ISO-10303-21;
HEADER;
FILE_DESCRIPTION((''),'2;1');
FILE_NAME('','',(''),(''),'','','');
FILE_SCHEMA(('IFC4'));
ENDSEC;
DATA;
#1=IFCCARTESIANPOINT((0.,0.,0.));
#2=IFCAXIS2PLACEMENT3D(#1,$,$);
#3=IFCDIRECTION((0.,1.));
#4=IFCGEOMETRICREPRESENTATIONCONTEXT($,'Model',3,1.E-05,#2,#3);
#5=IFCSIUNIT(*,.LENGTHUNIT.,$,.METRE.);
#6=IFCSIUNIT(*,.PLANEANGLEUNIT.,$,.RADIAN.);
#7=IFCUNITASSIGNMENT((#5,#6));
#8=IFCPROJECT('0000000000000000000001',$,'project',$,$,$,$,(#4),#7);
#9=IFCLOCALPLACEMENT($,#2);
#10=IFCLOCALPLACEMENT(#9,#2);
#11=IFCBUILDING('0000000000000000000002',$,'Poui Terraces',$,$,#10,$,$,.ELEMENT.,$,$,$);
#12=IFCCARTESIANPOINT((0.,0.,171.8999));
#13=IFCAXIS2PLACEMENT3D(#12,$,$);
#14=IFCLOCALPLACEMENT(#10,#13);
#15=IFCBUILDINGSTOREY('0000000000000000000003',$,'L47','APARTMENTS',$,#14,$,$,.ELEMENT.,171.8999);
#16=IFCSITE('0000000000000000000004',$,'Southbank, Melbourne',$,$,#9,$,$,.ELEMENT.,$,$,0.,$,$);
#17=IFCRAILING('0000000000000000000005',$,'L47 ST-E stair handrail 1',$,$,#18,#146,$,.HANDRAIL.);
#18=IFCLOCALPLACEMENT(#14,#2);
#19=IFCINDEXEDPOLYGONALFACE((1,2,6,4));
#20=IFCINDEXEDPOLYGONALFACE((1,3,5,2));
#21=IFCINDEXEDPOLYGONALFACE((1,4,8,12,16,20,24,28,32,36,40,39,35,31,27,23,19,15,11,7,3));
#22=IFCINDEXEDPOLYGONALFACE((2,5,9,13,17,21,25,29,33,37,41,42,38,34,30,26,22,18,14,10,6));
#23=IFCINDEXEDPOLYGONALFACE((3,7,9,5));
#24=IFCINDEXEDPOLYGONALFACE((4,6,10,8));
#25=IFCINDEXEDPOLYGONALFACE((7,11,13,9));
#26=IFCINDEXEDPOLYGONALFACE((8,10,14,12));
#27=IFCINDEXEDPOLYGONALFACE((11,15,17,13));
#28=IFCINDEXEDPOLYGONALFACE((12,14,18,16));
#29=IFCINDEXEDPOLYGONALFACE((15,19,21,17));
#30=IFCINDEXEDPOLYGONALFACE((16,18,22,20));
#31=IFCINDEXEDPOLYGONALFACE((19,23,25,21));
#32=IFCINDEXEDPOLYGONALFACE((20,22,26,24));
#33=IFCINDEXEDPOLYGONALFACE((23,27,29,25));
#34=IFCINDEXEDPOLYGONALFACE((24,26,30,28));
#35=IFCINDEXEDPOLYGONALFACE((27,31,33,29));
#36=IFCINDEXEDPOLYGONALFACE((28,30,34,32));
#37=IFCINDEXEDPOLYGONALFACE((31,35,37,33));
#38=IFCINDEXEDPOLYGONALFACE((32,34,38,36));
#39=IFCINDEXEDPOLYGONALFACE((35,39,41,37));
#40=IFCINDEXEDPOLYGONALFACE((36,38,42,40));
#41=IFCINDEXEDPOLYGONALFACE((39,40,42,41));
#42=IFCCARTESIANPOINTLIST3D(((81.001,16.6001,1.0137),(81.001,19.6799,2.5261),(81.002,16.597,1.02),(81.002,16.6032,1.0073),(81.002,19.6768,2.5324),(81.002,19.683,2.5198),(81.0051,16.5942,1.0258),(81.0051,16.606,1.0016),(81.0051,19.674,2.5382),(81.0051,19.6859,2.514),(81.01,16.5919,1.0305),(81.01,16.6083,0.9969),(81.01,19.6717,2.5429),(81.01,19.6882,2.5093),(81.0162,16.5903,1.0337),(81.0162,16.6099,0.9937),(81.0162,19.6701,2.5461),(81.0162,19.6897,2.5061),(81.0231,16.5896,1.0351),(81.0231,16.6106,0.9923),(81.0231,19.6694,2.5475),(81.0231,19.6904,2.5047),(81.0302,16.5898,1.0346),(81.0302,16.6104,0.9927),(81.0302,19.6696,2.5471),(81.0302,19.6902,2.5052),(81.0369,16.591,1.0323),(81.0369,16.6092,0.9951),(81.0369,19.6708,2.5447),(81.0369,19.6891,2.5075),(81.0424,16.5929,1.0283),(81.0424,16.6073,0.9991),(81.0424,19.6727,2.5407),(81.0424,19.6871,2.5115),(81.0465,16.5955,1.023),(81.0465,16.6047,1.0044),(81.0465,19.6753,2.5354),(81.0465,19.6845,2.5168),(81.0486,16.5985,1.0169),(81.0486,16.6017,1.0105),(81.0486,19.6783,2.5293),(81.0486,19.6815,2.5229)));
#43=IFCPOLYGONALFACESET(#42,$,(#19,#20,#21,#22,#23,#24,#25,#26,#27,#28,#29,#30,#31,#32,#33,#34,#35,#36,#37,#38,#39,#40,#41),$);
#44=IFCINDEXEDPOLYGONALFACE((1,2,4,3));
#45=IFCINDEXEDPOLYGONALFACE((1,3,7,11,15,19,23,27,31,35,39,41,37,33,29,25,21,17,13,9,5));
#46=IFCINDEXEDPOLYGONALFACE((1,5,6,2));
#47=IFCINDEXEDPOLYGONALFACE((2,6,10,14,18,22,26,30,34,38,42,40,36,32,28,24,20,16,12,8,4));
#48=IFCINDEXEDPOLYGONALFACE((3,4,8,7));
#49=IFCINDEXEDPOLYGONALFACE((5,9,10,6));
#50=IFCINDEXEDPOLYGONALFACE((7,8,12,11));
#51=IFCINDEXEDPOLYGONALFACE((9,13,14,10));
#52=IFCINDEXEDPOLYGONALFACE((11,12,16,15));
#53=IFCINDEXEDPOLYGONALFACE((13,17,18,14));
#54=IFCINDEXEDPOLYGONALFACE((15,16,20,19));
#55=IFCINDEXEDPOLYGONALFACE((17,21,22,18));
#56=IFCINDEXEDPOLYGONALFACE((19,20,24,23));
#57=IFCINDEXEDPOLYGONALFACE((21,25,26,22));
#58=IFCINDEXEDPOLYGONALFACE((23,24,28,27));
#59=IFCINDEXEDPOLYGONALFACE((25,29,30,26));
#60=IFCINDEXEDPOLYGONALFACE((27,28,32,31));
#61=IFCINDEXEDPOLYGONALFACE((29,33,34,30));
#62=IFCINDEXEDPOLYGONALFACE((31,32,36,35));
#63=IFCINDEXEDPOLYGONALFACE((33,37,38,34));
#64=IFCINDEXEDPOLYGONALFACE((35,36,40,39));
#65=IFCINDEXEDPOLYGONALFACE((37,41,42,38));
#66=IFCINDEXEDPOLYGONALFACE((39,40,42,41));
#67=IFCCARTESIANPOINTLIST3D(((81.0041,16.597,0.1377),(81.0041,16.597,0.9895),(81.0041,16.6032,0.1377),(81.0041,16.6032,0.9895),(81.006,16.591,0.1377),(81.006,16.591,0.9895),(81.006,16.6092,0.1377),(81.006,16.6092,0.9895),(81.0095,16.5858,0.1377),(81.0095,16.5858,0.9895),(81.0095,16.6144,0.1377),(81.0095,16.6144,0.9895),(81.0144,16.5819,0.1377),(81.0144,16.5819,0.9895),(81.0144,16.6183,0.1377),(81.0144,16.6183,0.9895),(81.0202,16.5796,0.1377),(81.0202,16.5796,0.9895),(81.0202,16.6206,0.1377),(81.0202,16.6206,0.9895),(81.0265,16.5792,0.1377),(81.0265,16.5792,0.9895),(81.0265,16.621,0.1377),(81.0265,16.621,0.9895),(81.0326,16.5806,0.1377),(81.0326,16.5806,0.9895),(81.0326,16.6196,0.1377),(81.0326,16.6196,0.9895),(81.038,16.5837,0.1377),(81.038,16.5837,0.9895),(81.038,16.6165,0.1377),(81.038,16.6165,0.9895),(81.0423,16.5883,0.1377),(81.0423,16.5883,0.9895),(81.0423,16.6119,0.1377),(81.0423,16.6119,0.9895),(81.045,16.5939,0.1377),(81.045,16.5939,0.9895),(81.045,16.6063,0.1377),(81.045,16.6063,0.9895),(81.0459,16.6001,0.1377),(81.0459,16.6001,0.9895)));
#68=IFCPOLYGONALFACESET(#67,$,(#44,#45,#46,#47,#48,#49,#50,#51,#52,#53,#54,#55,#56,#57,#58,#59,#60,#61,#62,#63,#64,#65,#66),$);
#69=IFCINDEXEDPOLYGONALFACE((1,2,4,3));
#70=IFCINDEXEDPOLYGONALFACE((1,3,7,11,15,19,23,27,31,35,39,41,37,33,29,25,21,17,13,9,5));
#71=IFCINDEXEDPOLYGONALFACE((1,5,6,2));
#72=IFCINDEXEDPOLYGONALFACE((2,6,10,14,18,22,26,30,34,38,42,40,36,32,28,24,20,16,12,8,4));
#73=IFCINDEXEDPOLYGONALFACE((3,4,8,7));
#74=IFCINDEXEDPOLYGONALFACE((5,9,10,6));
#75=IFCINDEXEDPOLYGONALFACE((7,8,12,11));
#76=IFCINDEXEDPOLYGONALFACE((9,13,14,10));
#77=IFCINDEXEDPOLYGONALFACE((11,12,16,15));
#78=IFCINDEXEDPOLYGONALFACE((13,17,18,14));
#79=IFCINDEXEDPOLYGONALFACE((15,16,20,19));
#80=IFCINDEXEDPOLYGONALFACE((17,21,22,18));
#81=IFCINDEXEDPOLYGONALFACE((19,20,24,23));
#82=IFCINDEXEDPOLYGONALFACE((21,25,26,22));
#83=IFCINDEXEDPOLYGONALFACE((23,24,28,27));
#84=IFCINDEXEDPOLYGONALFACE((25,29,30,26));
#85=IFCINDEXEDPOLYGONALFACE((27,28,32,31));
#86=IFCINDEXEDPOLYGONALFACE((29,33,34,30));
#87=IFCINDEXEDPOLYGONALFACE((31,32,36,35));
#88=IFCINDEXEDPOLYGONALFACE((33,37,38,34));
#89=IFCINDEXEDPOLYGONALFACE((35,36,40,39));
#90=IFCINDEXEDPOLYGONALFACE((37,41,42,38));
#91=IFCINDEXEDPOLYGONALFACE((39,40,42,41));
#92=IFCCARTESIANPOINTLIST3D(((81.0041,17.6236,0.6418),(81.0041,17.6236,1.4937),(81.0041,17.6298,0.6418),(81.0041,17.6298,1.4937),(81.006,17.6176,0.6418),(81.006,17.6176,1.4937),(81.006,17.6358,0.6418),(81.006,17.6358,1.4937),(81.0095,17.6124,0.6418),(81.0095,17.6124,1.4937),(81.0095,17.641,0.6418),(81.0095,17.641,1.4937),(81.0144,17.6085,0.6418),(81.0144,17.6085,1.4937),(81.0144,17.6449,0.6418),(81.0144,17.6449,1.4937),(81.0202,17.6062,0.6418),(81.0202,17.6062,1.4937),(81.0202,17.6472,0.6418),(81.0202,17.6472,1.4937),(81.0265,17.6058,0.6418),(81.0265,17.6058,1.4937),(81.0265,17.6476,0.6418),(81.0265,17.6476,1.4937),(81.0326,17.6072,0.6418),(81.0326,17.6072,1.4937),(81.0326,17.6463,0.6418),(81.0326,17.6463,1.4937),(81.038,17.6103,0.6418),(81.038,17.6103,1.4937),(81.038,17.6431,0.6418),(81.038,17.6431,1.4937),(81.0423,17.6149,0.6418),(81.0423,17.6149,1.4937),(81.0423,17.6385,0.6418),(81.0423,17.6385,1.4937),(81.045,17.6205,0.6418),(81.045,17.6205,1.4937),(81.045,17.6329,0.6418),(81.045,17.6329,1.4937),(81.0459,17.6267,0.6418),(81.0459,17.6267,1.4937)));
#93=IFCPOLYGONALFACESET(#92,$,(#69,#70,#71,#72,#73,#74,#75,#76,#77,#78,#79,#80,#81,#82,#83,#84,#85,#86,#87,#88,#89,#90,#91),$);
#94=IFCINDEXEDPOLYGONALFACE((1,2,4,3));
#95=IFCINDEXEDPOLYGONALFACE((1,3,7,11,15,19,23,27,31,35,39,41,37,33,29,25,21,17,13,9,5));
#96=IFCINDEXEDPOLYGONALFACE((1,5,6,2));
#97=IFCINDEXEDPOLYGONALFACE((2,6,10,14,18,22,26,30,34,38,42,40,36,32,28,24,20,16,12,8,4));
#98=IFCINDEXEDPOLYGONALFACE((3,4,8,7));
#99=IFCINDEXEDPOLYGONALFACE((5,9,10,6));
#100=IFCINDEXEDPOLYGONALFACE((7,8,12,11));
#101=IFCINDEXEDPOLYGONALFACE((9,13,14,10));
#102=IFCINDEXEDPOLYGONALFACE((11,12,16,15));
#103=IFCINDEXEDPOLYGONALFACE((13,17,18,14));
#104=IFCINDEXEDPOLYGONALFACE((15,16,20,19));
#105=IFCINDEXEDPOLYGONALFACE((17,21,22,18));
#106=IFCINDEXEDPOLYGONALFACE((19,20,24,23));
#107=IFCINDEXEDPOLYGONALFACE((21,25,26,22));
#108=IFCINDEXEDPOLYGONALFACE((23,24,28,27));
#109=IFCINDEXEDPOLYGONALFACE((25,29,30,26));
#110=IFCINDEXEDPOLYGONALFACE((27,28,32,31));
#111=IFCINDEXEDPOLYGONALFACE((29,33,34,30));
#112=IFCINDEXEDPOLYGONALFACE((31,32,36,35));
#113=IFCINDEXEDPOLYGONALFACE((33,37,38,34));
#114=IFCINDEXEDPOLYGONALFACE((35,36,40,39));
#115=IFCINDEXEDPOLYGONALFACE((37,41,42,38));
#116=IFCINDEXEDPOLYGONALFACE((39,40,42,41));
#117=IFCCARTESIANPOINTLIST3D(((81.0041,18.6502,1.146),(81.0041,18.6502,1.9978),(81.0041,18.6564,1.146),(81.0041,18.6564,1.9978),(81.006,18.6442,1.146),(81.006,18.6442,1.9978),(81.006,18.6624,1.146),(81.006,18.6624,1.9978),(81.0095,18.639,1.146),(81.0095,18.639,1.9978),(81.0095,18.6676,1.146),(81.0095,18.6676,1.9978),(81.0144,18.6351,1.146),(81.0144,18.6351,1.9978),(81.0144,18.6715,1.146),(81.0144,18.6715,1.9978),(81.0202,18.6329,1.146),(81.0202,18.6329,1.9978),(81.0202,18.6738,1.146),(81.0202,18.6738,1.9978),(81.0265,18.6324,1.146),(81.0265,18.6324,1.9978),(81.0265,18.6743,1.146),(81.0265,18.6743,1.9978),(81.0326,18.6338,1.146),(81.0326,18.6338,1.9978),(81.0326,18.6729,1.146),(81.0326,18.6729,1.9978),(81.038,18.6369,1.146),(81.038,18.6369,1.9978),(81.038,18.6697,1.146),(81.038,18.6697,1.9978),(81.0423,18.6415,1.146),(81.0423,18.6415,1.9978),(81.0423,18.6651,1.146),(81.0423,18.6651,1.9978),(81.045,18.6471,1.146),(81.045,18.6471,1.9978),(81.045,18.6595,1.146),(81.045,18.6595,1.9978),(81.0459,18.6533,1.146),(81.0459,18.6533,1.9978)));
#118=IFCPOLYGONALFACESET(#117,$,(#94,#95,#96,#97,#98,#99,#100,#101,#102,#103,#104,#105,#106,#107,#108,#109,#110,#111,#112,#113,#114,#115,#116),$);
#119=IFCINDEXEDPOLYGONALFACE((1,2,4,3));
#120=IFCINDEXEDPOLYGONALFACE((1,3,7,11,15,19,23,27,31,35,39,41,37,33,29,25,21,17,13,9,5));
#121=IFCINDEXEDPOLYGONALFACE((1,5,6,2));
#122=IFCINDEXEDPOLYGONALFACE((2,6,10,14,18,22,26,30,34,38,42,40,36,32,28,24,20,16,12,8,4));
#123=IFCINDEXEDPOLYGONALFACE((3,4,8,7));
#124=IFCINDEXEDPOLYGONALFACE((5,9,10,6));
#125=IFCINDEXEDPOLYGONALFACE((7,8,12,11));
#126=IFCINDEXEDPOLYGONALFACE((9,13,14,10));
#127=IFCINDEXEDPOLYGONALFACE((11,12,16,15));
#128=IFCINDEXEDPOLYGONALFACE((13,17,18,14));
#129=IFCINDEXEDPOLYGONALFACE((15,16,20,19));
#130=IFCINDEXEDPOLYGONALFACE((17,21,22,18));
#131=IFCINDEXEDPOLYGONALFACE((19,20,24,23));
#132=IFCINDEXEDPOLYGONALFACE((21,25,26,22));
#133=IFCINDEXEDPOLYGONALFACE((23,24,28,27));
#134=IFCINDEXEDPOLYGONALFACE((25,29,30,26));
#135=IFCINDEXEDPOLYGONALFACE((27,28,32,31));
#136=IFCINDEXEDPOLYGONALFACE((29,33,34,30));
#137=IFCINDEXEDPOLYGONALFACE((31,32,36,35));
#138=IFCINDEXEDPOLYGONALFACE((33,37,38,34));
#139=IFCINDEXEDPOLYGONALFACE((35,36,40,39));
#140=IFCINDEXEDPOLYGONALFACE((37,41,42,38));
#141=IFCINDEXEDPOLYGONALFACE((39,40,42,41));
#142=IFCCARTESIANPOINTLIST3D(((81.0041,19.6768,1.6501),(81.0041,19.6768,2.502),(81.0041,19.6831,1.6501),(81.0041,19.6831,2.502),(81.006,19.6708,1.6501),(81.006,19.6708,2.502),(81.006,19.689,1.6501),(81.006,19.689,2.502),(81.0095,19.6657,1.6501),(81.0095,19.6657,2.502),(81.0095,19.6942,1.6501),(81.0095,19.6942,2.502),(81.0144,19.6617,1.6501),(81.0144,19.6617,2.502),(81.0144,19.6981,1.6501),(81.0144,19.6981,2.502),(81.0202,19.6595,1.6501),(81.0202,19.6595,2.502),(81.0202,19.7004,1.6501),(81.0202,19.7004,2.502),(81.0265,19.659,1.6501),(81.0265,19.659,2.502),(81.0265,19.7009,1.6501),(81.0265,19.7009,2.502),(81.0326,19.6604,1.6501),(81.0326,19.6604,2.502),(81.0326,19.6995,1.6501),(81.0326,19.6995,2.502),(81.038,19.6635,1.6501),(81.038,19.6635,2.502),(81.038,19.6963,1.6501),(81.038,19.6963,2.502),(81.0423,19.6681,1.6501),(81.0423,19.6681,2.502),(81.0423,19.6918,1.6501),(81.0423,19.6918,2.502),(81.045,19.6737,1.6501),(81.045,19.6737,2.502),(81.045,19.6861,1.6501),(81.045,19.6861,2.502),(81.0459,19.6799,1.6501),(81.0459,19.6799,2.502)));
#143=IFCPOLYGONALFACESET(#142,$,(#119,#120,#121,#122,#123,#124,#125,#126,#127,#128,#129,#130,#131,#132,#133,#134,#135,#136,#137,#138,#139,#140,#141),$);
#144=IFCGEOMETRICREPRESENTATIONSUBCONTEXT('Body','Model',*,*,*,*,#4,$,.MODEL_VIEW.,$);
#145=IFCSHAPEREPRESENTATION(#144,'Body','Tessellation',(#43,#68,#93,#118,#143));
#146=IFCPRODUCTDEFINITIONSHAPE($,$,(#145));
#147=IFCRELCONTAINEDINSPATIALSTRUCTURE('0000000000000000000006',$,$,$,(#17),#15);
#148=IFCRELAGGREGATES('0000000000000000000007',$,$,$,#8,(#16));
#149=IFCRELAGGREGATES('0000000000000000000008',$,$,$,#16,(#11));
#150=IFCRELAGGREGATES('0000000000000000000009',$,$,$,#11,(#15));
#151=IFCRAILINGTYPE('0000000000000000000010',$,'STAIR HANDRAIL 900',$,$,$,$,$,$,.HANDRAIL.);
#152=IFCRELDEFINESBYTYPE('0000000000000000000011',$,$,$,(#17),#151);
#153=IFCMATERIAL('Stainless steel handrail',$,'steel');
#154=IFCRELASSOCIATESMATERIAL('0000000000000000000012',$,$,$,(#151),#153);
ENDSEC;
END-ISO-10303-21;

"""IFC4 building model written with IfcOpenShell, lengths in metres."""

from ifc_helpers import new_model, si_unit, direction, frame, origin, origin_2d, place, context, subcontext, project, spatial, circle, extrude, material, type_object, element, save


model = new_model("IFC4")

# Units and contexts
model_context = context("Model", 3, precision=1e-05, world=origin(), true_north=direction((0.0, 1.0)))
body_context = subcontext(model_context, "Body", "Model", "MODEL_VIEW")
ifc_project = project(units=[si_unit("LENGTHUNIT", "METRE"), si_unit("PLANEANGLEUNIT", "RADIAN")], contexts=[model_context])

# Site, building, storey
site_placement = place(None, origin())
site = spatial("IfcSite", under=ifc_project, at=site_placement, Name="Southbank, Melbourne", CompositionType="ELEMENT", RefElevation=0.0)
building_placement = place(site_placement, origin())
building = spatial("IfcBuilding", under=site, at=building_placement, Name="Poui Terraces", CompositionType="ELEMENT")
storey_placement = place(building_placement, frame((0.0, 0.0, 171.8999)))
storey = spatial("IfcBuildingStorey", under=building, at=storey_placement, Name="L47", Description="APARTMENTS", CompositionType="ELEMENT", Elevation=171.8999)

# Railing
ifc_material_1 = material(Name="Stainless steel handrail", Category="steel")
railing_type_1 = type_object("IfcRailingType", Name="STAIR HANDRAIL 900", PredefinedType="HANDRAIL", material=ifc_material_1)
railing_1_placement = place(storey_placement, frame((81.0249, 16.6001, 0.1377)))
element("IfcRailing", 1, at=railing_1_placement, inside=storey, type_object=railing_type_1, Name="L47 ST-E stair handrail 1", PredefinedType="HANDRAIL", context=body_context, shape_type="SweptSolid", body=[
    extrude(circle(Radius=0.0239, at=origin_2d()), frame((0.0, 0.0, 0.876), z_axis=(0.0, 0.897606, 0.440798), x_axis=(-1.0, 0.0, 0.0)), (0.0, 0.0, 1.0), 3.4312),
    extrude(circle(Radius=0.021, at=origin_2d()), origin(), (0.0, 0.0, 1.0), 0.8518),
    extrude(circle(Radius=0.021, at=origin_2d()), frame((0.0, 1.0266, 0.5042)), (0.0, 0.0, 1.0), 0.8518),
    extrude(circle(Radius=0.021, at=origin_2d()), frame((0.0, 2.0532, 1.0083)), (0.0, 0.0, 1.0), 0.8518),
    extrude(circle(Radius=0.021, at=origin_2d()), frame((0.0, 3.0798, 1.5125)), (0.0, 0.0, 1.0), 0.8518),
])

save(model, "model.ifc")
